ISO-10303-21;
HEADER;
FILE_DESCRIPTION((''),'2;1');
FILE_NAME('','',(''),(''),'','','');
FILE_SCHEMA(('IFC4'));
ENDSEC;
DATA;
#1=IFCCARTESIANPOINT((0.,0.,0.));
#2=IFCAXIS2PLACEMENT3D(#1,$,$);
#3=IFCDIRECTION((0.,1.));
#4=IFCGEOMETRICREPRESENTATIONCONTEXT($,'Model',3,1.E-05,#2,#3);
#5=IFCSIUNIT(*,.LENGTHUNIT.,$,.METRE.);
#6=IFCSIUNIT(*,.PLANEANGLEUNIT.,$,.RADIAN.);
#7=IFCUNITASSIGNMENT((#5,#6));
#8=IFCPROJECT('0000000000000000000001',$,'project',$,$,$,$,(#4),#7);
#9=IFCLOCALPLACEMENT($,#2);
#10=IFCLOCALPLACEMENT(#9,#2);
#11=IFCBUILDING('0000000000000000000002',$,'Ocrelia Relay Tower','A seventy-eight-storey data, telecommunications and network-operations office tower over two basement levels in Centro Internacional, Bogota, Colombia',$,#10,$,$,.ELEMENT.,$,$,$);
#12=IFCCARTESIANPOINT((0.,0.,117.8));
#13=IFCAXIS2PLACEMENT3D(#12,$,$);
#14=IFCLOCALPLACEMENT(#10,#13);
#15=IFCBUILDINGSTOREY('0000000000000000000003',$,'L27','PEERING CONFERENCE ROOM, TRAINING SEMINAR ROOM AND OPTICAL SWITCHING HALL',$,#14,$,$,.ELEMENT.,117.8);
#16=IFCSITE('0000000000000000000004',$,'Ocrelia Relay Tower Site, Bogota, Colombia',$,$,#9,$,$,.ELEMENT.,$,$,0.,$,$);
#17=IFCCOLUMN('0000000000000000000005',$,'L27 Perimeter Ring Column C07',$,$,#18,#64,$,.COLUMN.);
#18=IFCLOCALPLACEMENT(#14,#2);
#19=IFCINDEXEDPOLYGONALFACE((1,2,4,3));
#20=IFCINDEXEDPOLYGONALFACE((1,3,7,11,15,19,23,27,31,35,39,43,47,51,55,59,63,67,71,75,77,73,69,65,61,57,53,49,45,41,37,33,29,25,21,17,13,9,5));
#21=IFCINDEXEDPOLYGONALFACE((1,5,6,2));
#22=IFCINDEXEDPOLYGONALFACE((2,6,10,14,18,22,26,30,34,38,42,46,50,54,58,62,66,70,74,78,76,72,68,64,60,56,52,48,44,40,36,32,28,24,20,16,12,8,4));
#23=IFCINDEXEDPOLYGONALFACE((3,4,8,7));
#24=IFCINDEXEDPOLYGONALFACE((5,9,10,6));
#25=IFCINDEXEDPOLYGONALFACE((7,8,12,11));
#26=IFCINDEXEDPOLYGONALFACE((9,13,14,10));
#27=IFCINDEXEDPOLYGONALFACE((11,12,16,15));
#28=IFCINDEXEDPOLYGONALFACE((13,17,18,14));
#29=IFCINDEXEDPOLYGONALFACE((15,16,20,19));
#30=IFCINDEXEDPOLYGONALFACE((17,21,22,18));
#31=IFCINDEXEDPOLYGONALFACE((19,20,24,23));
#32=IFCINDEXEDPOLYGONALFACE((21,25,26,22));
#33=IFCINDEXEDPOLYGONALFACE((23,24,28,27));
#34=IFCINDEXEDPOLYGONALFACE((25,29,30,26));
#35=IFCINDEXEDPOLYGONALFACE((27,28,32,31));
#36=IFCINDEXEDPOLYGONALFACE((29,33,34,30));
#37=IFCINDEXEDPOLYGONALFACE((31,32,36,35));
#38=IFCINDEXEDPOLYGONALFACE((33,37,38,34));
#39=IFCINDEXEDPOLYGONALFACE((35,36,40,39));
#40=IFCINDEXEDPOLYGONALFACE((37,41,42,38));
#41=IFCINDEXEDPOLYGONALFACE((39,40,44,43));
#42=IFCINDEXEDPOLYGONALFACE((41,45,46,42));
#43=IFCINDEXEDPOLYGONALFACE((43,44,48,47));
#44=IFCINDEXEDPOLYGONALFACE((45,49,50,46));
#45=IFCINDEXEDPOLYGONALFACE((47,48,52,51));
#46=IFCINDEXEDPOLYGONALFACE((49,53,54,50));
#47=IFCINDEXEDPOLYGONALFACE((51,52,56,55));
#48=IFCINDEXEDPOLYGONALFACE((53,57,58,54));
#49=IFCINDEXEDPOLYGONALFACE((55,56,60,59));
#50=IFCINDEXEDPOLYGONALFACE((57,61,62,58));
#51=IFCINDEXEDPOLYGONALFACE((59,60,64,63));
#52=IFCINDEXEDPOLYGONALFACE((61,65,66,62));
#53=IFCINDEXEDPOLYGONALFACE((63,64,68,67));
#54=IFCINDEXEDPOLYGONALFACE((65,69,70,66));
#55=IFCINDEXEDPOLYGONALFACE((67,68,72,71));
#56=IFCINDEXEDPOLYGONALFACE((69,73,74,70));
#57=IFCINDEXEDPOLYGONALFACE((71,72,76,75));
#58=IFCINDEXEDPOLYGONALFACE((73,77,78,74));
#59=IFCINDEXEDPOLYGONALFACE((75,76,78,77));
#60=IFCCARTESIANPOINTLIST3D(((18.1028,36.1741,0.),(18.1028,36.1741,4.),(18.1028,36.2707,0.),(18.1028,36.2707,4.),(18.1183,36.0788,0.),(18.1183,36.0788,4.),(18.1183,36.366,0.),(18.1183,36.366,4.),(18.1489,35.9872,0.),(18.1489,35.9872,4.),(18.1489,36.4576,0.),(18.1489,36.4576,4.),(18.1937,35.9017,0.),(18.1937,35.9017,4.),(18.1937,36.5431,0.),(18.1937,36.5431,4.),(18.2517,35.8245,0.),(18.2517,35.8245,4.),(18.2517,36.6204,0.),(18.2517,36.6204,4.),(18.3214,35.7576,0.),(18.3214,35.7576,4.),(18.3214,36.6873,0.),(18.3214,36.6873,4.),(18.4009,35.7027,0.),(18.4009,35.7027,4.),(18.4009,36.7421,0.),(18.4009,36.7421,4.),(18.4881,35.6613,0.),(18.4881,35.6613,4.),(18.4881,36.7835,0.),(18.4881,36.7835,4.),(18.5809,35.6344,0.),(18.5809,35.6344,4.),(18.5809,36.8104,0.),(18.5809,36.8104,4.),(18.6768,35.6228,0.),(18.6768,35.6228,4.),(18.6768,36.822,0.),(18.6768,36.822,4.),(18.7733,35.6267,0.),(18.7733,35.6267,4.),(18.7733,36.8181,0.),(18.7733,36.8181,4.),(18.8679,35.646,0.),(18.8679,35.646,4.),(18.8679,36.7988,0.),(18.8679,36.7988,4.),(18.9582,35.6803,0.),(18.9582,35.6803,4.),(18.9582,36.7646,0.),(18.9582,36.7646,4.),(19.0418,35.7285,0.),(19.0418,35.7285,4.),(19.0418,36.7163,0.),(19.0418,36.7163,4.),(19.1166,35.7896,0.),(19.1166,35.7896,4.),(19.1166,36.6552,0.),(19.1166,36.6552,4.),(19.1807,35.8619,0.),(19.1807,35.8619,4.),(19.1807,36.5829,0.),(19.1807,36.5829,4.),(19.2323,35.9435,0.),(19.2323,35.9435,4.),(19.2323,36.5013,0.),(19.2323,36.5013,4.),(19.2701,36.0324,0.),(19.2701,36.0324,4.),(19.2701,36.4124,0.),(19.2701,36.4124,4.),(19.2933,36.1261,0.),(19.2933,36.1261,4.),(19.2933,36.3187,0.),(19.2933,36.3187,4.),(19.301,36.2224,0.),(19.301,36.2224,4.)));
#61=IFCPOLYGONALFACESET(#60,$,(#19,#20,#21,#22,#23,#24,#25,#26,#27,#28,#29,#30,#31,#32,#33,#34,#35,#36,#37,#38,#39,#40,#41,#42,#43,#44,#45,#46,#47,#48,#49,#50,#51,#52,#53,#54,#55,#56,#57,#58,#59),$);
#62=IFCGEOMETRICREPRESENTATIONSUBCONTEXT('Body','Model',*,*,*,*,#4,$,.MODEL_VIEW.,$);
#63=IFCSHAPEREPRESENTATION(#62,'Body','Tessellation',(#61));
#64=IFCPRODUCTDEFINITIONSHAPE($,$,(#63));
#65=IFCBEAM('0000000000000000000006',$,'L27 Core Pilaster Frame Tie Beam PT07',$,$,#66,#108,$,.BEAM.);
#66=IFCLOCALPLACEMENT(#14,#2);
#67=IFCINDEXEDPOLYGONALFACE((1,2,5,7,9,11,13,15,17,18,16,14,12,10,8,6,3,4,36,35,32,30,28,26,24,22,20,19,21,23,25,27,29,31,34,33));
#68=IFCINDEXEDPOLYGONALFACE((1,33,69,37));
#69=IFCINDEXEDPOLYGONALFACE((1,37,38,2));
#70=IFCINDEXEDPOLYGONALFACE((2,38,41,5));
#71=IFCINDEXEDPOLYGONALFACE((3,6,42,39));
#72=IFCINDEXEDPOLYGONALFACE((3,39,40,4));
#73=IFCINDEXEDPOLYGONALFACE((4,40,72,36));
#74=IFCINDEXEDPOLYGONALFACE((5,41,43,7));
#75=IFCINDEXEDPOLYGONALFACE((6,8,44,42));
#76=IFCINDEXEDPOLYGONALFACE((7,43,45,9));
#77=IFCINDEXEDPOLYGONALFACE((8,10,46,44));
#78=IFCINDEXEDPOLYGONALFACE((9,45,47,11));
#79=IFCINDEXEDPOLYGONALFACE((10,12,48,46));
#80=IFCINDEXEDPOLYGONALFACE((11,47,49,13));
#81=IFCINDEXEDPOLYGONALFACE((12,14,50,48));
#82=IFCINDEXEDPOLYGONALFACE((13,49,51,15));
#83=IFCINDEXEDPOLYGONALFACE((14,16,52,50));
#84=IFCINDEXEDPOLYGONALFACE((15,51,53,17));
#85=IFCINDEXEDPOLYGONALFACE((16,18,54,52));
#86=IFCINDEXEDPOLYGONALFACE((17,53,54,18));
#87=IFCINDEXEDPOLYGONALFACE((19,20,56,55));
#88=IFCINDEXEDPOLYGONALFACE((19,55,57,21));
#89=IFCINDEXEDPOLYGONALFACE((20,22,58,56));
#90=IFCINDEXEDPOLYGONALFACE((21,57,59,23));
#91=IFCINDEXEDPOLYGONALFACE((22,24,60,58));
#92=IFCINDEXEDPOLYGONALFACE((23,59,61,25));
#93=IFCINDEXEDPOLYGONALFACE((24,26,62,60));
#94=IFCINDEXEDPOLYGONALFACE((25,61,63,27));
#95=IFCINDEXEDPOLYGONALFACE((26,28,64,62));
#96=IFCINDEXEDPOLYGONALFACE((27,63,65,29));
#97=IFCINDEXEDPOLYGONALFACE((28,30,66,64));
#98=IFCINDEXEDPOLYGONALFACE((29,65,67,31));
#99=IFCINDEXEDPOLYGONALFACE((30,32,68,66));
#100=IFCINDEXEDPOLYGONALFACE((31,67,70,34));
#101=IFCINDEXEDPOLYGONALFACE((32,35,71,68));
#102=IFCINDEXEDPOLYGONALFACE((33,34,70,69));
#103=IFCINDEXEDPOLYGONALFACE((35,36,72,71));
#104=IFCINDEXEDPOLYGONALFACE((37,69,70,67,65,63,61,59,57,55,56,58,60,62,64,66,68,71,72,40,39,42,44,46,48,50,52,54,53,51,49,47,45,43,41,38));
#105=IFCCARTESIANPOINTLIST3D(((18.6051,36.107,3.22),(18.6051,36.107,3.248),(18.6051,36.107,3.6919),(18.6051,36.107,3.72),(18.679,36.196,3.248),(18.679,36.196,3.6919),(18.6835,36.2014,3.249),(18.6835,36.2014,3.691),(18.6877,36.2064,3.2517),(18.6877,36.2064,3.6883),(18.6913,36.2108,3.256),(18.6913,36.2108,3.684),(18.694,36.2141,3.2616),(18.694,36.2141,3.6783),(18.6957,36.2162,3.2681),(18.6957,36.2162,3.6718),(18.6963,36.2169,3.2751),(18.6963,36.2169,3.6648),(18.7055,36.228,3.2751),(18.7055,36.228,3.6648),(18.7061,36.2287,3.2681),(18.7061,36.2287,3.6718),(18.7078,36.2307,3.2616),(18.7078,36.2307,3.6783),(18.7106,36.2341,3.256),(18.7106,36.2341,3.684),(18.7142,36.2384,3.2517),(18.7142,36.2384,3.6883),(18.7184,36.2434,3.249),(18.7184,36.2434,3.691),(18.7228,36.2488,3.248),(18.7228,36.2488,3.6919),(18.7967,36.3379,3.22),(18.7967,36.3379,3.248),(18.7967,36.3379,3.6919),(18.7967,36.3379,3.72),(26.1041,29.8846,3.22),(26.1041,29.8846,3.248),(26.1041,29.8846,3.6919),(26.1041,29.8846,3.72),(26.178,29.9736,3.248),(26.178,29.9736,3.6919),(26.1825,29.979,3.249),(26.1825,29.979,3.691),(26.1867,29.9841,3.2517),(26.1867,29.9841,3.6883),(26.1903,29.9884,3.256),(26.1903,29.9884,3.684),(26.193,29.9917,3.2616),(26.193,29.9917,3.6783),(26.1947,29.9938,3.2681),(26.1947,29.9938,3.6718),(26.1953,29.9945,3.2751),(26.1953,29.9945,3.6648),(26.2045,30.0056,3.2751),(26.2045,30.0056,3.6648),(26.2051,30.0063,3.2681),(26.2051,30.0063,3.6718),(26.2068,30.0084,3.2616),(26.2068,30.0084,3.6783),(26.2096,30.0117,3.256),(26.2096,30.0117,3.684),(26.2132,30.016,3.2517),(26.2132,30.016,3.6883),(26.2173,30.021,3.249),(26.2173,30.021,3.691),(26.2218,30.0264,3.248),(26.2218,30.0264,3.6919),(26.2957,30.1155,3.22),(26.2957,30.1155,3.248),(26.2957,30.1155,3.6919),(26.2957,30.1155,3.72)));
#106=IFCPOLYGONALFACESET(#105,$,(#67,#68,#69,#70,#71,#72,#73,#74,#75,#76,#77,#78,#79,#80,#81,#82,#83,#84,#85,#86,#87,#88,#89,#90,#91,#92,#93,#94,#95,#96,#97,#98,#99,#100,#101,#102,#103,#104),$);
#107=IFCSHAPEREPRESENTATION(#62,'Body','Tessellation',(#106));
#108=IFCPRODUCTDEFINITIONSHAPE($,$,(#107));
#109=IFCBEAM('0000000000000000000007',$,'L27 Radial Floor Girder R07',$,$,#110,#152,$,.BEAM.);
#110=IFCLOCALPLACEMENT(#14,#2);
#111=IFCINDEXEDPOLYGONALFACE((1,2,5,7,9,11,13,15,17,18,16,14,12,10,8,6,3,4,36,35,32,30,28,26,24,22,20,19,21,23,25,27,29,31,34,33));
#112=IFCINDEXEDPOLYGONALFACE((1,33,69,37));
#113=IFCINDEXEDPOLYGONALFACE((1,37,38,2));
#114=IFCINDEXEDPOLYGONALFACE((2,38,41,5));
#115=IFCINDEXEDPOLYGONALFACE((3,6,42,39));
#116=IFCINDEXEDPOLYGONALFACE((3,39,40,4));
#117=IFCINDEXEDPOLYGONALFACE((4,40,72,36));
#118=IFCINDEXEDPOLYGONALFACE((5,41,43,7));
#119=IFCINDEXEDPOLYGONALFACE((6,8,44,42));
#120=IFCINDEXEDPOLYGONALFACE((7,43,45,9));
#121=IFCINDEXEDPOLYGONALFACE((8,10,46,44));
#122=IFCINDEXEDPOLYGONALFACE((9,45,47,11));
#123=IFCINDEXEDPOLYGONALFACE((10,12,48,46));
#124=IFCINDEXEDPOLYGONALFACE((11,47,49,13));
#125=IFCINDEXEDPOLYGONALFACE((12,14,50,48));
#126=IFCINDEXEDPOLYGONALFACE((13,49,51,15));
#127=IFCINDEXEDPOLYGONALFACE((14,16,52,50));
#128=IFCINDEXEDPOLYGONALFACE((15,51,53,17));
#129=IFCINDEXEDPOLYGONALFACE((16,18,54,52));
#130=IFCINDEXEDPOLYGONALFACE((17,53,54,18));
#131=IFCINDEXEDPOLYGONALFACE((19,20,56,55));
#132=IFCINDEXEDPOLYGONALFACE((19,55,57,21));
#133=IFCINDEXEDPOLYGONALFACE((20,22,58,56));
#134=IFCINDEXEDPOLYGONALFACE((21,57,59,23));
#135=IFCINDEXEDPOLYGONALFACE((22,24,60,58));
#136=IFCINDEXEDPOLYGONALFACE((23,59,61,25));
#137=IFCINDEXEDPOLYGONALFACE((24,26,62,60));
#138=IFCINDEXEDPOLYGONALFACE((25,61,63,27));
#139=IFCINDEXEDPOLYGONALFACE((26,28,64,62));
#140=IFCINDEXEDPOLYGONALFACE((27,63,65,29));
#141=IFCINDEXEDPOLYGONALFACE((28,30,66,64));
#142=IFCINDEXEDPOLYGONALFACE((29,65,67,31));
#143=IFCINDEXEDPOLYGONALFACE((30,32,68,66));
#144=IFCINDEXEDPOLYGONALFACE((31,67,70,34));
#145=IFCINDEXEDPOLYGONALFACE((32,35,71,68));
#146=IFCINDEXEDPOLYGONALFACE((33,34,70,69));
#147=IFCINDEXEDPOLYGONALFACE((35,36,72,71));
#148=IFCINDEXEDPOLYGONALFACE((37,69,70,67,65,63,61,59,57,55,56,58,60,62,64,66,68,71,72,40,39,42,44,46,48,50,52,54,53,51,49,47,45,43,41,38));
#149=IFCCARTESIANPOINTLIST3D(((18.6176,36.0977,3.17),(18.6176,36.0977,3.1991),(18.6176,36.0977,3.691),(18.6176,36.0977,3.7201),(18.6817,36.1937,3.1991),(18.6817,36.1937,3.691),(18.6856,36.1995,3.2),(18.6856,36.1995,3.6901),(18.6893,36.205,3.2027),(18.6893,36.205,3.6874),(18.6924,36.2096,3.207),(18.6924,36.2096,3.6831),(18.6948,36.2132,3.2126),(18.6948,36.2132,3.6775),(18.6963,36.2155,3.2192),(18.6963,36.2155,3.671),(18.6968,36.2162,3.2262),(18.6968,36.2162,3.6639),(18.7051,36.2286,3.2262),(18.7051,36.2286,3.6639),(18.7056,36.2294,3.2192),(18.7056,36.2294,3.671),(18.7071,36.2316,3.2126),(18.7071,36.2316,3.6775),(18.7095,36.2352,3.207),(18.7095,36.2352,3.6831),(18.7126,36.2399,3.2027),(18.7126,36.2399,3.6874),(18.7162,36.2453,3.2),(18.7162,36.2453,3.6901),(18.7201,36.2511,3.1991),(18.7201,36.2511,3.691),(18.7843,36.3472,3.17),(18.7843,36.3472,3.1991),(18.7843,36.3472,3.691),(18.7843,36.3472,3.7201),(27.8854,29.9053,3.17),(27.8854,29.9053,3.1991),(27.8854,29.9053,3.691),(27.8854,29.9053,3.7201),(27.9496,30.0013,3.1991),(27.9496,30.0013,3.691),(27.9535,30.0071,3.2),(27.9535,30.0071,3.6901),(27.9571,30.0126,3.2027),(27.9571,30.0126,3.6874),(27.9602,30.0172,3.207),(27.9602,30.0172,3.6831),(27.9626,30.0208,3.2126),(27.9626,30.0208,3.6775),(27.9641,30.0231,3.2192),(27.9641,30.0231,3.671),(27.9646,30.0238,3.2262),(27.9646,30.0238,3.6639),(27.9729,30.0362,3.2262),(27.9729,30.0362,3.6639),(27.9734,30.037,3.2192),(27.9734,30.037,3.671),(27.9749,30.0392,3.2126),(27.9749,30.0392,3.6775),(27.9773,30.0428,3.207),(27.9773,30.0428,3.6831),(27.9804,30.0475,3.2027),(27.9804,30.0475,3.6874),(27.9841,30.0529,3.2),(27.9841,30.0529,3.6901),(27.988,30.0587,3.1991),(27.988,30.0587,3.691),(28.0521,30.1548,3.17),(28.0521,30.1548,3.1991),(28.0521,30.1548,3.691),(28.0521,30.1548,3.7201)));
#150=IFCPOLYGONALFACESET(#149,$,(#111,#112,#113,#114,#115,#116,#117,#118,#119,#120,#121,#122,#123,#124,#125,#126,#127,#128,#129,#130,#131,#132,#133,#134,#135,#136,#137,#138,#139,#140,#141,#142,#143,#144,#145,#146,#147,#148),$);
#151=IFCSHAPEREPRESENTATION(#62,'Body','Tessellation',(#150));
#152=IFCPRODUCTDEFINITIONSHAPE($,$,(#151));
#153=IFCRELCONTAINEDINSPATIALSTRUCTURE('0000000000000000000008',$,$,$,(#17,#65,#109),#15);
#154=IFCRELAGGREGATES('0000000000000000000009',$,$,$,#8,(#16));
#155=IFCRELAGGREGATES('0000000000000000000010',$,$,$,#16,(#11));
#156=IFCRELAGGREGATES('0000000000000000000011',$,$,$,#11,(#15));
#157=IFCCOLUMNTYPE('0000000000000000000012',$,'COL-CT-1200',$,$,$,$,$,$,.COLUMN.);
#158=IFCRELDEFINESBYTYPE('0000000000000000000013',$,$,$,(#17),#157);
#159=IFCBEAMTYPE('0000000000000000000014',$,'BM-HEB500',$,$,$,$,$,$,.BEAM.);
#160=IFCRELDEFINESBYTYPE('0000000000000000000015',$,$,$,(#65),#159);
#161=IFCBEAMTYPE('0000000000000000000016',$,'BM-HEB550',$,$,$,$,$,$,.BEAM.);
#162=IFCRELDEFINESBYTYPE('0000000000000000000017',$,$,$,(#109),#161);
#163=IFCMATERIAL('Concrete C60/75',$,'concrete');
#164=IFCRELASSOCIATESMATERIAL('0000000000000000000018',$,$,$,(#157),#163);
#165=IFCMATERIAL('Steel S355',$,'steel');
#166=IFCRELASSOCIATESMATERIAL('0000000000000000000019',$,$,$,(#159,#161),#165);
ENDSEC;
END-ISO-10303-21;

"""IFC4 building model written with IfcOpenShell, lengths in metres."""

from ifc_helpers import new_model, si_unit, direction, frame, origin, origin_2d, place, context, subcontext, project, spatial, circle, i_section, extrude, material, material_profile, profile_set, type_object, element, save


model = new_model("IFC4")

# Units and contexts
model_context = context("Model", 3, precision=1e-05, world=origin(), true_north=direction((0.0, 1.0)))
body_context = subcontext(model_context, "Body", "Model", "MODEL_VIEW")
ifc_project = project(units=[si_unit("LENGTHUNIT", "METRE"), si_unit("PLANEANGLEUNIT", "RADIAN")], contexts=[model_context])

# Site, building, storey
site_placement = place(None, origin())
site = spatial("IfcSite", under=ifc_project, at=site_placement, Name="Ocrelia Relay Tower Site, Bogota, Colombia", CompositionType="ELEMENT", RefElevation=0.0)
building_placement = place(site_placement, origin())
building = spatial("IfcBuilding", under=site, at=building_placement, Name="Ocrelia Relay Tower", Description="A seventy-eight-storey data, telecommunications and network-operations office tower over two basement levels in Centro Internacional, Bogota, Colombia", CompositionType="ELEMENT")
storey_placement = place(building_placement, frame((0.0, 0.0, 117.8)))
storey = spatial("IfcBuildingStorey", under=building, at=storey_placement, Name="L27", Description="PEERING CONFERENCE ROOM, TRAINING SEMINAR ROOM AND OPTICAL SWITCHING HALL", CompositionType="ELEMENT", Elevation=117.8)

# Column
ifc_material_1 = material(Name="Concrete C60/75", Category="concrete")
ifc_material_profile_1 = material_profile(ifc_material_1, circle(Radius=0.6001, at=origin_2d()), Name="RC-CIR-1200")
ifc_profile_set_1 = profile_set([ifc_material_profile_1], Name="Concrete C60/75")
column_type = type_object("IfcColumnType", Name="COL-CT-1200", PredefinedType="COLUMN", material=ifc_profile_set_1)
column_placement = place(storey_placement, frame((18.7009, 36.2224, 0.0), z_axis=(0.0, 0.0, 1.0), x_axis=(1.0, 0.0, 0.0)))
element("IfcColumn", 1, at=column_placement, inside=storey, type_object=column_type, Name="L27 Perimeter Ring Column C07", PredefinedType="COLUMN", context=body_context, shape_type="SweptSolid", body=[
    extrude(circle(Radius=0.6001, at=origin_2d()), origin(), (0.0, 0.0, 1.0), 4.0),
])

# Beams
ifc_material_2 = material(Name="Steel S355", Category="steel")
ifc_material_profile_2 = material_profile(ifc_material_2, i_section(OverallWidth=0.3, OverallDepth=0.5, WebThickness=0.0144, FlangeThickness=0.0281, FilletRadius=0.0271, at=origin_2d()), Name="HEB 500")
ifc_profile_set_2 = profile_set([ifc_material_profile_2], Name="Steel S355")
beam_type_1 = type_object("IfcBeamType", Name="BM-HEB500", PredefinedType="BEAM", material=ifc_profile_set_2)
beam_1_placement = place(storey_placement, frame((18.7009, 36.2224, 3.47), z_axis=(0.769571, -0.638561, 0.0), x_axis=(0.638561, 0.769571, 0.0)))
element("IfcBeam", 2, at=beam_1_placement, inside=storey, type_object=beam_type_1, Name="L27 Core Pilaster Frame Tie Beam PT07", PredefinedType="BEAM", context=body_context, shape_type="SweptSolid", body=[
    extrude(i_section(OverallWidth=0.3, OverallDepth=0.5, WebThickness=0.0144, FlangeThickness=0.0281, FilletRadius=0.0271, at=origin_2d()), origin(), (0.0, 0.0, 1.0), 9.7444),
])
ifc_material_profile_3 = material_profile(ifc_material_2, i_section(OverallWidth=0.3, OverallDepth=0.55, WebThickness=0.0149, FlangeThickness=0.0291, FilletRadius=0.0271, at=origin_2d()), Name="HEB 550")
ifc_profile_set_3 = profile_set([ifc_material_profile_3], Name="Steel S355")
beam_type_2 = type_object("IfcBeamType", Name="BM-HEB550", PredefinedType="BEAM", material=ifc_profile_set_3)
beam_2_placement = place(storey_placement, frame((18.7009, 36.2224, 3.4451), z_axis=(0.831477, -0.555559, 0.0), x_axis=(0.555559, 0.831477, 0.0)))
element("IfcBeam", 3, at=beam_2_placement, inside=storey, type_object=beam_type_2, Name="L27 Radial Floor Girder R07", PredefinedType="BEAM", context=body_context, shape_type="SweptSolid", body=[
    extrude(i_section(OverallWidth=0.3, OverallDepth=0.55, WebThickness=0.0149, FlangeThickness=0.0291, FilletRadius=0.0271, at=origin_2d()), origin(), (0.0, 0.0, 1.0), 11.1462),
])

save(model, "model.ifc")
